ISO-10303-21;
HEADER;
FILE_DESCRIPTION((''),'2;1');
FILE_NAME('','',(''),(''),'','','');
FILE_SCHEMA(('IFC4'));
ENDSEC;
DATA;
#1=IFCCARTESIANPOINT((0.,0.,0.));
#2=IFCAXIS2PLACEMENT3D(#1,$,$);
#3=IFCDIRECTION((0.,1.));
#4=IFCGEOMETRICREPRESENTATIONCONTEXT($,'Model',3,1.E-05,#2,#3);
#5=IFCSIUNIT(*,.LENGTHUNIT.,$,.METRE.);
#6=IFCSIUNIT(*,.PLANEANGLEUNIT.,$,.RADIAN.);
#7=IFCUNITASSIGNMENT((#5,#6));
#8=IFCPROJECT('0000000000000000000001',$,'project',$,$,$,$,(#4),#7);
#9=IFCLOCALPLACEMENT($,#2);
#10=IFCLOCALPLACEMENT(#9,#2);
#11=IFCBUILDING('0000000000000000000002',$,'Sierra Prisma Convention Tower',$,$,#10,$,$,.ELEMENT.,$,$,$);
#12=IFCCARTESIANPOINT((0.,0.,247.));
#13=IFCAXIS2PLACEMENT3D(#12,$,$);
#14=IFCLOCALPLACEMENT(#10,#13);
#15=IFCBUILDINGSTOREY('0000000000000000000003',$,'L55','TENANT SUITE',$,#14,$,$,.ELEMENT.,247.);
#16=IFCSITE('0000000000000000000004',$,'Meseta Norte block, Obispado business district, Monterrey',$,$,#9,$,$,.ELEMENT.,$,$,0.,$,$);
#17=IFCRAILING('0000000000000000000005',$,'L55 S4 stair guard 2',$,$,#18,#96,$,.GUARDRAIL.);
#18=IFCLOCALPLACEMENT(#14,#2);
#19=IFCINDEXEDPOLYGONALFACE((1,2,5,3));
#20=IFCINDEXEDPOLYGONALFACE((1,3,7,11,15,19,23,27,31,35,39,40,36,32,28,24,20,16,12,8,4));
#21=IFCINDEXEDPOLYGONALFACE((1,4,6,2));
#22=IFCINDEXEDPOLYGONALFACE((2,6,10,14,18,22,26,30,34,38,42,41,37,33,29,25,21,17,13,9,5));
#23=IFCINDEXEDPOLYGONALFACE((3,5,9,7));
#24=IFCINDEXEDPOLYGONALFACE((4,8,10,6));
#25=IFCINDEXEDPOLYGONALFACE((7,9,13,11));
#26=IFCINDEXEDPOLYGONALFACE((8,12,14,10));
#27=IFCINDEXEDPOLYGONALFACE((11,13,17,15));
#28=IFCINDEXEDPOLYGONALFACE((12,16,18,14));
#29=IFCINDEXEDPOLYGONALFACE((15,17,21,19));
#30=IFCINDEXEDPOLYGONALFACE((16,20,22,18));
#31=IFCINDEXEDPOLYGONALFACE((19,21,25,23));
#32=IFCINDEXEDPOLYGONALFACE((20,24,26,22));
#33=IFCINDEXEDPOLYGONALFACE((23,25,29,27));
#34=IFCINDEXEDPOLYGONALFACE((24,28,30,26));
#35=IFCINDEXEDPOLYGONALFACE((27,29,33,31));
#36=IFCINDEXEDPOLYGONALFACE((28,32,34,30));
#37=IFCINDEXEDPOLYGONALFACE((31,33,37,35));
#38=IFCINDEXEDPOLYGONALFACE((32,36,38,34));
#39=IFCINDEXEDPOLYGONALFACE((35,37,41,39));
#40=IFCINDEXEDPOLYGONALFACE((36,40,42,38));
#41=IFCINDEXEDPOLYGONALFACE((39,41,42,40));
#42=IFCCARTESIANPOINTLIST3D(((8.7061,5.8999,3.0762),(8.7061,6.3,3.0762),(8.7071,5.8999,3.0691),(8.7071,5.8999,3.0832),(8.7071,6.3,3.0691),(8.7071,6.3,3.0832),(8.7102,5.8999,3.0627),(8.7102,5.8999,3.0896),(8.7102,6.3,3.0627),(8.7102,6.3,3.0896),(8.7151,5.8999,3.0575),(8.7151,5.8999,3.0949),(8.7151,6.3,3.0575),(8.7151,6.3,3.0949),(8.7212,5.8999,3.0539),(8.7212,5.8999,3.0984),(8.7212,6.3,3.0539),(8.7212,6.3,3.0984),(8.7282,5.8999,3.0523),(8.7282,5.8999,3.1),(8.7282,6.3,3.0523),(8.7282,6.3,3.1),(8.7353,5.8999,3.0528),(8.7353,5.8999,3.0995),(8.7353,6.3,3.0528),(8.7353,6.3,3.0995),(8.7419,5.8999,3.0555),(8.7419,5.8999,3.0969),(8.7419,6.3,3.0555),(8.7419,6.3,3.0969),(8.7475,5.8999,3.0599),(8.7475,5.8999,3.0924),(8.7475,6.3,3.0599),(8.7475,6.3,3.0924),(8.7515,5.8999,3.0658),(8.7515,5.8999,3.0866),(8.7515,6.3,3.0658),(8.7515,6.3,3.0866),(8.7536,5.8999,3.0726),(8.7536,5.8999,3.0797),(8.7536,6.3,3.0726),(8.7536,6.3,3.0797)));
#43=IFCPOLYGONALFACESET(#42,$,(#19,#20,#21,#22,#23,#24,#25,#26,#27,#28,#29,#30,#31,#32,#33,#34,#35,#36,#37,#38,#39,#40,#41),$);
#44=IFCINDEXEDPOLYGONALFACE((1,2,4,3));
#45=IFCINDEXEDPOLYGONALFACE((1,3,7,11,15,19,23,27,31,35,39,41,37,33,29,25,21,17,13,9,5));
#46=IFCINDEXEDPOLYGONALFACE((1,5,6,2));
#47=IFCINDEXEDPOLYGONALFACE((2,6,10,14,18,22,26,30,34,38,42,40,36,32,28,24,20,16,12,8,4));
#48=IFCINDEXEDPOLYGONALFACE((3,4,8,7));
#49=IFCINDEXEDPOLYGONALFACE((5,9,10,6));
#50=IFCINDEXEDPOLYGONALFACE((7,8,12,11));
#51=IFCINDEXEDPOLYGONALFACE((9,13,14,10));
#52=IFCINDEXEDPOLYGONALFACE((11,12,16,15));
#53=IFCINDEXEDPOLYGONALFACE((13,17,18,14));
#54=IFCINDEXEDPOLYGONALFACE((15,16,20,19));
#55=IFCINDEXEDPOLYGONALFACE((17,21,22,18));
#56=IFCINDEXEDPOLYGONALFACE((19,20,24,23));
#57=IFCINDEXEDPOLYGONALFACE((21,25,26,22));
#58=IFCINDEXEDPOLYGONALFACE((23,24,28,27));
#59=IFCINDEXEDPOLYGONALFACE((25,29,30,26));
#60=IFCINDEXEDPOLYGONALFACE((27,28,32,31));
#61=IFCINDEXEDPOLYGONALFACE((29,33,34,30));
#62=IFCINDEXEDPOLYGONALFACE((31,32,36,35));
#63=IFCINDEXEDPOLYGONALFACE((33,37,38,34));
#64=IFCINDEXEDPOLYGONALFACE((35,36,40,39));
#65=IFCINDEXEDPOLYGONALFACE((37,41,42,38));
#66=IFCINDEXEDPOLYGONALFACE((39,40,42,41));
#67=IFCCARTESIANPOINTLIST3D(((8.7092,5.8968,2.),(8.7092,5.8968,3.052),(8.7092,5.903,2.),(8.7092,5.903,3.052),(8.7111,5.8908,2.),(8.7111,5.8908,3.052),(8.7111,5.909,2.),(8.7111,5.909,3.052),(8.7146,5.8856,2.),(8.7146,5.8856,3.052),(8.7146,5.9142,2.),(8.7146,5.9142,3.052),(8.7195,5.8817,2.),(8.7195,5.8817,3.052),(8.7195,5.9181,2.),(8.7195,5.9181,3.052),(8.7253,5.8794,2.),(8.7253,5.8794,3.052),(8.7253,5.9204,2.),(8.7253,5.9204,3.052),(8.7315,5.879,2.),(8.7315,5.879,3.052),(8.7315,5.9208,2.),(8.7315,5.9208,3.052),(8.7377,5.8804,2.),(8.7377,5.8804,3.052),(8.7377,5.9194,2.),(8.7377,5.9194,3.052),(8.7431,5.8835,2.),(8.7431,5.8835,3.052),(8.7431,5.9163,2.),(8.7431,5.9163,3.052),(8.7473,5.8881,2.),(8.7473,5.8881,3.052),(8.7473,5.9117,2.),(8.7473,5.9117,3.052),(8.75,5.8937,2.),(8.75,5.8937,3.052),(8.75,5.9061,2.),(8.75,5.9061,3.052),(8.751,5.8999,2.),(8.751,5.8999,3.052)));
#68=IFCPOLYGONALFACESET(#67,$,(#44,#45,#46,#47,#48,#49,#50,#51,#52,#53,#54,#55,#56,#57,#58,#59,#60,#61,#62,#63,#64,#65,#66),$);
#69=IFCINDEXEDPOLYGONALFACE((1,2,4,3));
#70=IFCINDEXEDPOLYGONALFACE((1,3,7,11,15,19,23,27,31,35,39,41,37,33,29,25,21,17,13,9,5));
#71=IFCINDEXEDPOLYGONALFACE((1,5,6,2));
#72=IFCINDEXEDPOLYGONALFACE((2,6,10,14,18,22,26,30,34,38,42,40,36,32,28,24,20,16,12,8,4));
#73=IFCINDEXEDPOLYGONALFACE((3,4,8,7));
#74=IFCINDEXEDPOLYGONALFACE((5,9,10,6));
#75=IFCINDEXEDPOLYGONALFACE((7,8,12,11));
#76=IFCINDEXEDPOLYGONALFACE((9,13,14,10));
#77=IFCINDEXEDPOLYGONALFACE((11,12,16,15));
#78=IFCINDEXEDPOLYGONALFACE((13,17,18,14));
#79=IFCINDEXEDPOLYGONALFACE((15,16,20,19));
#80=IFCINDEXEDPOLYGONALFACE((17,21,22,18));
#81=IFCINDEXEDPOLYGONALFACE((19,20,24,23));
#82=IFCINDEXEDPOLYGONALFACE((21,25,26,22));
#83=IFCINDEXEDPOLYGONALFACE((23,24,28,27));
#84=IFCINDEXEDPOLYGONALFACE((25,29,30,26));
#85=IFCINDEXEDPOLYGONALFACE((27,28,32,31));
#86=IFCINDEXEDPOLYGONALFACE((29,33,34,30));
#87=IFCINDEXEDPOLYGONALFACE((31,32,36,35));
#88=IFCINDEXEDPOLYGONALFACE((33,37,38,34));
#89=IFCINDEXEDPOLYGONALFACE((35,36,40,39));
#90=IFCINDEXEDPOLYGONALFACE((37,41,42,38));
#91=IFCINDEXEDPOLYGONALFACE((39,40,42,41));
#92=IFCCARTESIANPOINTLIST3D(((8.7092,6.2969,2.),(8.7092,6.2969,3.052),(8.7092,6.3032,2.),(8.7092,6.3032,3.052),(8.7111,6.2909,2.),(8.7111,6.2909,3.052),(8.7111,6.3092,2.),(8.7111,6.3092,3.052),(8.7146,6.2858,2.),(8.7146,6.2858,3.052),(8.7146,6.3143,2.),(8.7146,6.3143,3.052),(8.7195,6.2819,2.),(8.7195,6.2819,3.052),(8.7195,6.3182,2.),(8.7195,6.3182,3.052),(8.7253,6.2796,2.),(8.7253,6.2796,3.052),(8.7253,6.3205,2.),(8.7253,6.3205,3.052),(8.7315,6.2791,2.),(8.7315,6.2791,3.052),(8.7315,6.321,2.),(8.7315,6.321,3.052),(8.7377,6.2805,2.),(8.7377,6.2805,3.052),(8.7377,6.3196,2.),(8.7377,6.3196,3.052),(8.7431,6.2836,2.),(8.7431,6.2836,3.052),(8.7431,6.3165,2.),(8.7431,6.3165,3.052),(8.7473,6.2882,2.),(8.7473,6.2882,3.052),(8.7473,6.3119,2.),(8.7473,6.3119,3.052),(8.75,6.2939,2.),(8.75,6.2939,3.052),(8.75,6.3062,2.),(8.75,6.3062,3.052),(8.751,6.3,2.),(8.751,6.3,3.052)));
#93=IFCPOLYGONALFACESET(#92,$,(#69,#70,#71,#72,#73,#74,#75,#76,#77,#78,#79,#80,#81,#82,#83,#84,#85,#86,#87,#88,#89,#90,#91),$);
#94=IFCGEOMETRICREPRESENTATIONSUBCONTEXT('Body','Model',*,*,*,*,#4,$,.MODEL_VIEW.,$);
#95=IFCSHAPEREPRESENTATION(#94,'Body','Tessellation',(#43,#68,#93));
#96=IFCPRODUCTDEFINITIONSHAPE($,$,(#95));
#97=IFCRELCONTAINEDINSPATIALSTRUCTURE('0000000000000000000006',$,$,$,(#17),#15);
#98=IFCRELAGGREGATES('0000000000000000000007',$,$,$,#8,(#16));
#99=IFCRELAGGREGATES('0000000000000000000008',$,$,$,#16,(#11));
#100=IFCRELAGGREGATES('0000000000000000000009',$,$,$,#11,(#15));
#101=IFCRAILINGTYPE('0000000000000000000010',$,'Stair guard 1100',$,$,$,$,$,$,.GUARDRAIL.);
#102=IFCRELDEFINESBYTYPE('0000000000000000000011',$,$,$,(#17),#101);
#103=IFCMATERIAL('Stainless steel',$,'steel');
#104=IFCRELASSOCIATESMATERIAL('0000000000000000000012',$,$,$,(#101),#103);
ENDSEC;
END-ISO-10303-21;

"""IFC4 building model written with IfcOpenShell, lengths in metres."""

from ifc_helpers import new_model, si_unit, direction, frame, origin, origin_2d, place, context, subcontext, project, spatial, circle, extrude, material, type_object, element, save


model = new_model("IFC4")

# Units and contexts
model_context = context("Model", 3, precision=1e-05, world=origin(), true_north=direction((0.0, 1.0)))
body_context = subcontext(model_context, "Body", "Model", "MODEL_VIEW")
ifc_project = project(units=[si_unit("LENGTHUNIT", "METRE"), si_unit("PLANEANGLEUNIT", "RADIAN")], contexts=[model_context])

# Site, building, storey
site_placement = place(None, origin())
site = spatial("IfcSite", under=ifc_project, at=site_placement, Name="Meseta Norte block, Obispado business district, Monterrey", CompositionType="ELEMENT", RefElevation=0.0)
building_placement = place(site_placement, origin())
building = spatial("IfcBuilding", under=site, at=building_placement, Name="Sierra Prisma Convention Tower", CompositionType="ELEMENT")
storey_placement = place(building_placement, frame((0.0, 0.0, 247.0)))
storey = spatial("IfcBuildingStorey", under=building, at=storey_placement, Name="L55", Description="TENANT SUITE", CompositionType="ELEMENT", Elevation=247.0)

# Railing
ifc_material_1 = material(Name="Stainless steel", Category="steel")
railing_type_1 = type_object("IfcRailingType", Name="Stair guard 1100", PredefinedType="GUARDRAIL", material=ifc_material_1)
railing_1_placement = place(storey_placement, frame((8.73, 5.8999, 2.0)))
element("IfcRailing", 1, at=railing_1_placement, inside=storey, type_object=railing_type_1, Name="L55 S4 stair guard 2", PredefinedType="GUARDRAIL", context=body_context, shape_type="SweptSolid", body=[
    extrude(circle(Radius=0.0239, at=origin_2d()), frame((0.0, 0.0, 1.0762), z_axis=(0.0, 1.0, 0.0), x_axis=(-1.0, 0.0, 0.0)), (0.0, 0.0, 1.0), 0.4001),
    extrude(circle(Radius=0.021, at=origin_2d()), origin(), (0.0, 0.0, 1.0), 1.052),
    extrude(circle(Radius=0.021, at=origin_2d()), frame((0.0, 0.4001, 0.0)), (0.0, 0.0, 1.0), 1.052),
])

save(model, "model.ifc")
